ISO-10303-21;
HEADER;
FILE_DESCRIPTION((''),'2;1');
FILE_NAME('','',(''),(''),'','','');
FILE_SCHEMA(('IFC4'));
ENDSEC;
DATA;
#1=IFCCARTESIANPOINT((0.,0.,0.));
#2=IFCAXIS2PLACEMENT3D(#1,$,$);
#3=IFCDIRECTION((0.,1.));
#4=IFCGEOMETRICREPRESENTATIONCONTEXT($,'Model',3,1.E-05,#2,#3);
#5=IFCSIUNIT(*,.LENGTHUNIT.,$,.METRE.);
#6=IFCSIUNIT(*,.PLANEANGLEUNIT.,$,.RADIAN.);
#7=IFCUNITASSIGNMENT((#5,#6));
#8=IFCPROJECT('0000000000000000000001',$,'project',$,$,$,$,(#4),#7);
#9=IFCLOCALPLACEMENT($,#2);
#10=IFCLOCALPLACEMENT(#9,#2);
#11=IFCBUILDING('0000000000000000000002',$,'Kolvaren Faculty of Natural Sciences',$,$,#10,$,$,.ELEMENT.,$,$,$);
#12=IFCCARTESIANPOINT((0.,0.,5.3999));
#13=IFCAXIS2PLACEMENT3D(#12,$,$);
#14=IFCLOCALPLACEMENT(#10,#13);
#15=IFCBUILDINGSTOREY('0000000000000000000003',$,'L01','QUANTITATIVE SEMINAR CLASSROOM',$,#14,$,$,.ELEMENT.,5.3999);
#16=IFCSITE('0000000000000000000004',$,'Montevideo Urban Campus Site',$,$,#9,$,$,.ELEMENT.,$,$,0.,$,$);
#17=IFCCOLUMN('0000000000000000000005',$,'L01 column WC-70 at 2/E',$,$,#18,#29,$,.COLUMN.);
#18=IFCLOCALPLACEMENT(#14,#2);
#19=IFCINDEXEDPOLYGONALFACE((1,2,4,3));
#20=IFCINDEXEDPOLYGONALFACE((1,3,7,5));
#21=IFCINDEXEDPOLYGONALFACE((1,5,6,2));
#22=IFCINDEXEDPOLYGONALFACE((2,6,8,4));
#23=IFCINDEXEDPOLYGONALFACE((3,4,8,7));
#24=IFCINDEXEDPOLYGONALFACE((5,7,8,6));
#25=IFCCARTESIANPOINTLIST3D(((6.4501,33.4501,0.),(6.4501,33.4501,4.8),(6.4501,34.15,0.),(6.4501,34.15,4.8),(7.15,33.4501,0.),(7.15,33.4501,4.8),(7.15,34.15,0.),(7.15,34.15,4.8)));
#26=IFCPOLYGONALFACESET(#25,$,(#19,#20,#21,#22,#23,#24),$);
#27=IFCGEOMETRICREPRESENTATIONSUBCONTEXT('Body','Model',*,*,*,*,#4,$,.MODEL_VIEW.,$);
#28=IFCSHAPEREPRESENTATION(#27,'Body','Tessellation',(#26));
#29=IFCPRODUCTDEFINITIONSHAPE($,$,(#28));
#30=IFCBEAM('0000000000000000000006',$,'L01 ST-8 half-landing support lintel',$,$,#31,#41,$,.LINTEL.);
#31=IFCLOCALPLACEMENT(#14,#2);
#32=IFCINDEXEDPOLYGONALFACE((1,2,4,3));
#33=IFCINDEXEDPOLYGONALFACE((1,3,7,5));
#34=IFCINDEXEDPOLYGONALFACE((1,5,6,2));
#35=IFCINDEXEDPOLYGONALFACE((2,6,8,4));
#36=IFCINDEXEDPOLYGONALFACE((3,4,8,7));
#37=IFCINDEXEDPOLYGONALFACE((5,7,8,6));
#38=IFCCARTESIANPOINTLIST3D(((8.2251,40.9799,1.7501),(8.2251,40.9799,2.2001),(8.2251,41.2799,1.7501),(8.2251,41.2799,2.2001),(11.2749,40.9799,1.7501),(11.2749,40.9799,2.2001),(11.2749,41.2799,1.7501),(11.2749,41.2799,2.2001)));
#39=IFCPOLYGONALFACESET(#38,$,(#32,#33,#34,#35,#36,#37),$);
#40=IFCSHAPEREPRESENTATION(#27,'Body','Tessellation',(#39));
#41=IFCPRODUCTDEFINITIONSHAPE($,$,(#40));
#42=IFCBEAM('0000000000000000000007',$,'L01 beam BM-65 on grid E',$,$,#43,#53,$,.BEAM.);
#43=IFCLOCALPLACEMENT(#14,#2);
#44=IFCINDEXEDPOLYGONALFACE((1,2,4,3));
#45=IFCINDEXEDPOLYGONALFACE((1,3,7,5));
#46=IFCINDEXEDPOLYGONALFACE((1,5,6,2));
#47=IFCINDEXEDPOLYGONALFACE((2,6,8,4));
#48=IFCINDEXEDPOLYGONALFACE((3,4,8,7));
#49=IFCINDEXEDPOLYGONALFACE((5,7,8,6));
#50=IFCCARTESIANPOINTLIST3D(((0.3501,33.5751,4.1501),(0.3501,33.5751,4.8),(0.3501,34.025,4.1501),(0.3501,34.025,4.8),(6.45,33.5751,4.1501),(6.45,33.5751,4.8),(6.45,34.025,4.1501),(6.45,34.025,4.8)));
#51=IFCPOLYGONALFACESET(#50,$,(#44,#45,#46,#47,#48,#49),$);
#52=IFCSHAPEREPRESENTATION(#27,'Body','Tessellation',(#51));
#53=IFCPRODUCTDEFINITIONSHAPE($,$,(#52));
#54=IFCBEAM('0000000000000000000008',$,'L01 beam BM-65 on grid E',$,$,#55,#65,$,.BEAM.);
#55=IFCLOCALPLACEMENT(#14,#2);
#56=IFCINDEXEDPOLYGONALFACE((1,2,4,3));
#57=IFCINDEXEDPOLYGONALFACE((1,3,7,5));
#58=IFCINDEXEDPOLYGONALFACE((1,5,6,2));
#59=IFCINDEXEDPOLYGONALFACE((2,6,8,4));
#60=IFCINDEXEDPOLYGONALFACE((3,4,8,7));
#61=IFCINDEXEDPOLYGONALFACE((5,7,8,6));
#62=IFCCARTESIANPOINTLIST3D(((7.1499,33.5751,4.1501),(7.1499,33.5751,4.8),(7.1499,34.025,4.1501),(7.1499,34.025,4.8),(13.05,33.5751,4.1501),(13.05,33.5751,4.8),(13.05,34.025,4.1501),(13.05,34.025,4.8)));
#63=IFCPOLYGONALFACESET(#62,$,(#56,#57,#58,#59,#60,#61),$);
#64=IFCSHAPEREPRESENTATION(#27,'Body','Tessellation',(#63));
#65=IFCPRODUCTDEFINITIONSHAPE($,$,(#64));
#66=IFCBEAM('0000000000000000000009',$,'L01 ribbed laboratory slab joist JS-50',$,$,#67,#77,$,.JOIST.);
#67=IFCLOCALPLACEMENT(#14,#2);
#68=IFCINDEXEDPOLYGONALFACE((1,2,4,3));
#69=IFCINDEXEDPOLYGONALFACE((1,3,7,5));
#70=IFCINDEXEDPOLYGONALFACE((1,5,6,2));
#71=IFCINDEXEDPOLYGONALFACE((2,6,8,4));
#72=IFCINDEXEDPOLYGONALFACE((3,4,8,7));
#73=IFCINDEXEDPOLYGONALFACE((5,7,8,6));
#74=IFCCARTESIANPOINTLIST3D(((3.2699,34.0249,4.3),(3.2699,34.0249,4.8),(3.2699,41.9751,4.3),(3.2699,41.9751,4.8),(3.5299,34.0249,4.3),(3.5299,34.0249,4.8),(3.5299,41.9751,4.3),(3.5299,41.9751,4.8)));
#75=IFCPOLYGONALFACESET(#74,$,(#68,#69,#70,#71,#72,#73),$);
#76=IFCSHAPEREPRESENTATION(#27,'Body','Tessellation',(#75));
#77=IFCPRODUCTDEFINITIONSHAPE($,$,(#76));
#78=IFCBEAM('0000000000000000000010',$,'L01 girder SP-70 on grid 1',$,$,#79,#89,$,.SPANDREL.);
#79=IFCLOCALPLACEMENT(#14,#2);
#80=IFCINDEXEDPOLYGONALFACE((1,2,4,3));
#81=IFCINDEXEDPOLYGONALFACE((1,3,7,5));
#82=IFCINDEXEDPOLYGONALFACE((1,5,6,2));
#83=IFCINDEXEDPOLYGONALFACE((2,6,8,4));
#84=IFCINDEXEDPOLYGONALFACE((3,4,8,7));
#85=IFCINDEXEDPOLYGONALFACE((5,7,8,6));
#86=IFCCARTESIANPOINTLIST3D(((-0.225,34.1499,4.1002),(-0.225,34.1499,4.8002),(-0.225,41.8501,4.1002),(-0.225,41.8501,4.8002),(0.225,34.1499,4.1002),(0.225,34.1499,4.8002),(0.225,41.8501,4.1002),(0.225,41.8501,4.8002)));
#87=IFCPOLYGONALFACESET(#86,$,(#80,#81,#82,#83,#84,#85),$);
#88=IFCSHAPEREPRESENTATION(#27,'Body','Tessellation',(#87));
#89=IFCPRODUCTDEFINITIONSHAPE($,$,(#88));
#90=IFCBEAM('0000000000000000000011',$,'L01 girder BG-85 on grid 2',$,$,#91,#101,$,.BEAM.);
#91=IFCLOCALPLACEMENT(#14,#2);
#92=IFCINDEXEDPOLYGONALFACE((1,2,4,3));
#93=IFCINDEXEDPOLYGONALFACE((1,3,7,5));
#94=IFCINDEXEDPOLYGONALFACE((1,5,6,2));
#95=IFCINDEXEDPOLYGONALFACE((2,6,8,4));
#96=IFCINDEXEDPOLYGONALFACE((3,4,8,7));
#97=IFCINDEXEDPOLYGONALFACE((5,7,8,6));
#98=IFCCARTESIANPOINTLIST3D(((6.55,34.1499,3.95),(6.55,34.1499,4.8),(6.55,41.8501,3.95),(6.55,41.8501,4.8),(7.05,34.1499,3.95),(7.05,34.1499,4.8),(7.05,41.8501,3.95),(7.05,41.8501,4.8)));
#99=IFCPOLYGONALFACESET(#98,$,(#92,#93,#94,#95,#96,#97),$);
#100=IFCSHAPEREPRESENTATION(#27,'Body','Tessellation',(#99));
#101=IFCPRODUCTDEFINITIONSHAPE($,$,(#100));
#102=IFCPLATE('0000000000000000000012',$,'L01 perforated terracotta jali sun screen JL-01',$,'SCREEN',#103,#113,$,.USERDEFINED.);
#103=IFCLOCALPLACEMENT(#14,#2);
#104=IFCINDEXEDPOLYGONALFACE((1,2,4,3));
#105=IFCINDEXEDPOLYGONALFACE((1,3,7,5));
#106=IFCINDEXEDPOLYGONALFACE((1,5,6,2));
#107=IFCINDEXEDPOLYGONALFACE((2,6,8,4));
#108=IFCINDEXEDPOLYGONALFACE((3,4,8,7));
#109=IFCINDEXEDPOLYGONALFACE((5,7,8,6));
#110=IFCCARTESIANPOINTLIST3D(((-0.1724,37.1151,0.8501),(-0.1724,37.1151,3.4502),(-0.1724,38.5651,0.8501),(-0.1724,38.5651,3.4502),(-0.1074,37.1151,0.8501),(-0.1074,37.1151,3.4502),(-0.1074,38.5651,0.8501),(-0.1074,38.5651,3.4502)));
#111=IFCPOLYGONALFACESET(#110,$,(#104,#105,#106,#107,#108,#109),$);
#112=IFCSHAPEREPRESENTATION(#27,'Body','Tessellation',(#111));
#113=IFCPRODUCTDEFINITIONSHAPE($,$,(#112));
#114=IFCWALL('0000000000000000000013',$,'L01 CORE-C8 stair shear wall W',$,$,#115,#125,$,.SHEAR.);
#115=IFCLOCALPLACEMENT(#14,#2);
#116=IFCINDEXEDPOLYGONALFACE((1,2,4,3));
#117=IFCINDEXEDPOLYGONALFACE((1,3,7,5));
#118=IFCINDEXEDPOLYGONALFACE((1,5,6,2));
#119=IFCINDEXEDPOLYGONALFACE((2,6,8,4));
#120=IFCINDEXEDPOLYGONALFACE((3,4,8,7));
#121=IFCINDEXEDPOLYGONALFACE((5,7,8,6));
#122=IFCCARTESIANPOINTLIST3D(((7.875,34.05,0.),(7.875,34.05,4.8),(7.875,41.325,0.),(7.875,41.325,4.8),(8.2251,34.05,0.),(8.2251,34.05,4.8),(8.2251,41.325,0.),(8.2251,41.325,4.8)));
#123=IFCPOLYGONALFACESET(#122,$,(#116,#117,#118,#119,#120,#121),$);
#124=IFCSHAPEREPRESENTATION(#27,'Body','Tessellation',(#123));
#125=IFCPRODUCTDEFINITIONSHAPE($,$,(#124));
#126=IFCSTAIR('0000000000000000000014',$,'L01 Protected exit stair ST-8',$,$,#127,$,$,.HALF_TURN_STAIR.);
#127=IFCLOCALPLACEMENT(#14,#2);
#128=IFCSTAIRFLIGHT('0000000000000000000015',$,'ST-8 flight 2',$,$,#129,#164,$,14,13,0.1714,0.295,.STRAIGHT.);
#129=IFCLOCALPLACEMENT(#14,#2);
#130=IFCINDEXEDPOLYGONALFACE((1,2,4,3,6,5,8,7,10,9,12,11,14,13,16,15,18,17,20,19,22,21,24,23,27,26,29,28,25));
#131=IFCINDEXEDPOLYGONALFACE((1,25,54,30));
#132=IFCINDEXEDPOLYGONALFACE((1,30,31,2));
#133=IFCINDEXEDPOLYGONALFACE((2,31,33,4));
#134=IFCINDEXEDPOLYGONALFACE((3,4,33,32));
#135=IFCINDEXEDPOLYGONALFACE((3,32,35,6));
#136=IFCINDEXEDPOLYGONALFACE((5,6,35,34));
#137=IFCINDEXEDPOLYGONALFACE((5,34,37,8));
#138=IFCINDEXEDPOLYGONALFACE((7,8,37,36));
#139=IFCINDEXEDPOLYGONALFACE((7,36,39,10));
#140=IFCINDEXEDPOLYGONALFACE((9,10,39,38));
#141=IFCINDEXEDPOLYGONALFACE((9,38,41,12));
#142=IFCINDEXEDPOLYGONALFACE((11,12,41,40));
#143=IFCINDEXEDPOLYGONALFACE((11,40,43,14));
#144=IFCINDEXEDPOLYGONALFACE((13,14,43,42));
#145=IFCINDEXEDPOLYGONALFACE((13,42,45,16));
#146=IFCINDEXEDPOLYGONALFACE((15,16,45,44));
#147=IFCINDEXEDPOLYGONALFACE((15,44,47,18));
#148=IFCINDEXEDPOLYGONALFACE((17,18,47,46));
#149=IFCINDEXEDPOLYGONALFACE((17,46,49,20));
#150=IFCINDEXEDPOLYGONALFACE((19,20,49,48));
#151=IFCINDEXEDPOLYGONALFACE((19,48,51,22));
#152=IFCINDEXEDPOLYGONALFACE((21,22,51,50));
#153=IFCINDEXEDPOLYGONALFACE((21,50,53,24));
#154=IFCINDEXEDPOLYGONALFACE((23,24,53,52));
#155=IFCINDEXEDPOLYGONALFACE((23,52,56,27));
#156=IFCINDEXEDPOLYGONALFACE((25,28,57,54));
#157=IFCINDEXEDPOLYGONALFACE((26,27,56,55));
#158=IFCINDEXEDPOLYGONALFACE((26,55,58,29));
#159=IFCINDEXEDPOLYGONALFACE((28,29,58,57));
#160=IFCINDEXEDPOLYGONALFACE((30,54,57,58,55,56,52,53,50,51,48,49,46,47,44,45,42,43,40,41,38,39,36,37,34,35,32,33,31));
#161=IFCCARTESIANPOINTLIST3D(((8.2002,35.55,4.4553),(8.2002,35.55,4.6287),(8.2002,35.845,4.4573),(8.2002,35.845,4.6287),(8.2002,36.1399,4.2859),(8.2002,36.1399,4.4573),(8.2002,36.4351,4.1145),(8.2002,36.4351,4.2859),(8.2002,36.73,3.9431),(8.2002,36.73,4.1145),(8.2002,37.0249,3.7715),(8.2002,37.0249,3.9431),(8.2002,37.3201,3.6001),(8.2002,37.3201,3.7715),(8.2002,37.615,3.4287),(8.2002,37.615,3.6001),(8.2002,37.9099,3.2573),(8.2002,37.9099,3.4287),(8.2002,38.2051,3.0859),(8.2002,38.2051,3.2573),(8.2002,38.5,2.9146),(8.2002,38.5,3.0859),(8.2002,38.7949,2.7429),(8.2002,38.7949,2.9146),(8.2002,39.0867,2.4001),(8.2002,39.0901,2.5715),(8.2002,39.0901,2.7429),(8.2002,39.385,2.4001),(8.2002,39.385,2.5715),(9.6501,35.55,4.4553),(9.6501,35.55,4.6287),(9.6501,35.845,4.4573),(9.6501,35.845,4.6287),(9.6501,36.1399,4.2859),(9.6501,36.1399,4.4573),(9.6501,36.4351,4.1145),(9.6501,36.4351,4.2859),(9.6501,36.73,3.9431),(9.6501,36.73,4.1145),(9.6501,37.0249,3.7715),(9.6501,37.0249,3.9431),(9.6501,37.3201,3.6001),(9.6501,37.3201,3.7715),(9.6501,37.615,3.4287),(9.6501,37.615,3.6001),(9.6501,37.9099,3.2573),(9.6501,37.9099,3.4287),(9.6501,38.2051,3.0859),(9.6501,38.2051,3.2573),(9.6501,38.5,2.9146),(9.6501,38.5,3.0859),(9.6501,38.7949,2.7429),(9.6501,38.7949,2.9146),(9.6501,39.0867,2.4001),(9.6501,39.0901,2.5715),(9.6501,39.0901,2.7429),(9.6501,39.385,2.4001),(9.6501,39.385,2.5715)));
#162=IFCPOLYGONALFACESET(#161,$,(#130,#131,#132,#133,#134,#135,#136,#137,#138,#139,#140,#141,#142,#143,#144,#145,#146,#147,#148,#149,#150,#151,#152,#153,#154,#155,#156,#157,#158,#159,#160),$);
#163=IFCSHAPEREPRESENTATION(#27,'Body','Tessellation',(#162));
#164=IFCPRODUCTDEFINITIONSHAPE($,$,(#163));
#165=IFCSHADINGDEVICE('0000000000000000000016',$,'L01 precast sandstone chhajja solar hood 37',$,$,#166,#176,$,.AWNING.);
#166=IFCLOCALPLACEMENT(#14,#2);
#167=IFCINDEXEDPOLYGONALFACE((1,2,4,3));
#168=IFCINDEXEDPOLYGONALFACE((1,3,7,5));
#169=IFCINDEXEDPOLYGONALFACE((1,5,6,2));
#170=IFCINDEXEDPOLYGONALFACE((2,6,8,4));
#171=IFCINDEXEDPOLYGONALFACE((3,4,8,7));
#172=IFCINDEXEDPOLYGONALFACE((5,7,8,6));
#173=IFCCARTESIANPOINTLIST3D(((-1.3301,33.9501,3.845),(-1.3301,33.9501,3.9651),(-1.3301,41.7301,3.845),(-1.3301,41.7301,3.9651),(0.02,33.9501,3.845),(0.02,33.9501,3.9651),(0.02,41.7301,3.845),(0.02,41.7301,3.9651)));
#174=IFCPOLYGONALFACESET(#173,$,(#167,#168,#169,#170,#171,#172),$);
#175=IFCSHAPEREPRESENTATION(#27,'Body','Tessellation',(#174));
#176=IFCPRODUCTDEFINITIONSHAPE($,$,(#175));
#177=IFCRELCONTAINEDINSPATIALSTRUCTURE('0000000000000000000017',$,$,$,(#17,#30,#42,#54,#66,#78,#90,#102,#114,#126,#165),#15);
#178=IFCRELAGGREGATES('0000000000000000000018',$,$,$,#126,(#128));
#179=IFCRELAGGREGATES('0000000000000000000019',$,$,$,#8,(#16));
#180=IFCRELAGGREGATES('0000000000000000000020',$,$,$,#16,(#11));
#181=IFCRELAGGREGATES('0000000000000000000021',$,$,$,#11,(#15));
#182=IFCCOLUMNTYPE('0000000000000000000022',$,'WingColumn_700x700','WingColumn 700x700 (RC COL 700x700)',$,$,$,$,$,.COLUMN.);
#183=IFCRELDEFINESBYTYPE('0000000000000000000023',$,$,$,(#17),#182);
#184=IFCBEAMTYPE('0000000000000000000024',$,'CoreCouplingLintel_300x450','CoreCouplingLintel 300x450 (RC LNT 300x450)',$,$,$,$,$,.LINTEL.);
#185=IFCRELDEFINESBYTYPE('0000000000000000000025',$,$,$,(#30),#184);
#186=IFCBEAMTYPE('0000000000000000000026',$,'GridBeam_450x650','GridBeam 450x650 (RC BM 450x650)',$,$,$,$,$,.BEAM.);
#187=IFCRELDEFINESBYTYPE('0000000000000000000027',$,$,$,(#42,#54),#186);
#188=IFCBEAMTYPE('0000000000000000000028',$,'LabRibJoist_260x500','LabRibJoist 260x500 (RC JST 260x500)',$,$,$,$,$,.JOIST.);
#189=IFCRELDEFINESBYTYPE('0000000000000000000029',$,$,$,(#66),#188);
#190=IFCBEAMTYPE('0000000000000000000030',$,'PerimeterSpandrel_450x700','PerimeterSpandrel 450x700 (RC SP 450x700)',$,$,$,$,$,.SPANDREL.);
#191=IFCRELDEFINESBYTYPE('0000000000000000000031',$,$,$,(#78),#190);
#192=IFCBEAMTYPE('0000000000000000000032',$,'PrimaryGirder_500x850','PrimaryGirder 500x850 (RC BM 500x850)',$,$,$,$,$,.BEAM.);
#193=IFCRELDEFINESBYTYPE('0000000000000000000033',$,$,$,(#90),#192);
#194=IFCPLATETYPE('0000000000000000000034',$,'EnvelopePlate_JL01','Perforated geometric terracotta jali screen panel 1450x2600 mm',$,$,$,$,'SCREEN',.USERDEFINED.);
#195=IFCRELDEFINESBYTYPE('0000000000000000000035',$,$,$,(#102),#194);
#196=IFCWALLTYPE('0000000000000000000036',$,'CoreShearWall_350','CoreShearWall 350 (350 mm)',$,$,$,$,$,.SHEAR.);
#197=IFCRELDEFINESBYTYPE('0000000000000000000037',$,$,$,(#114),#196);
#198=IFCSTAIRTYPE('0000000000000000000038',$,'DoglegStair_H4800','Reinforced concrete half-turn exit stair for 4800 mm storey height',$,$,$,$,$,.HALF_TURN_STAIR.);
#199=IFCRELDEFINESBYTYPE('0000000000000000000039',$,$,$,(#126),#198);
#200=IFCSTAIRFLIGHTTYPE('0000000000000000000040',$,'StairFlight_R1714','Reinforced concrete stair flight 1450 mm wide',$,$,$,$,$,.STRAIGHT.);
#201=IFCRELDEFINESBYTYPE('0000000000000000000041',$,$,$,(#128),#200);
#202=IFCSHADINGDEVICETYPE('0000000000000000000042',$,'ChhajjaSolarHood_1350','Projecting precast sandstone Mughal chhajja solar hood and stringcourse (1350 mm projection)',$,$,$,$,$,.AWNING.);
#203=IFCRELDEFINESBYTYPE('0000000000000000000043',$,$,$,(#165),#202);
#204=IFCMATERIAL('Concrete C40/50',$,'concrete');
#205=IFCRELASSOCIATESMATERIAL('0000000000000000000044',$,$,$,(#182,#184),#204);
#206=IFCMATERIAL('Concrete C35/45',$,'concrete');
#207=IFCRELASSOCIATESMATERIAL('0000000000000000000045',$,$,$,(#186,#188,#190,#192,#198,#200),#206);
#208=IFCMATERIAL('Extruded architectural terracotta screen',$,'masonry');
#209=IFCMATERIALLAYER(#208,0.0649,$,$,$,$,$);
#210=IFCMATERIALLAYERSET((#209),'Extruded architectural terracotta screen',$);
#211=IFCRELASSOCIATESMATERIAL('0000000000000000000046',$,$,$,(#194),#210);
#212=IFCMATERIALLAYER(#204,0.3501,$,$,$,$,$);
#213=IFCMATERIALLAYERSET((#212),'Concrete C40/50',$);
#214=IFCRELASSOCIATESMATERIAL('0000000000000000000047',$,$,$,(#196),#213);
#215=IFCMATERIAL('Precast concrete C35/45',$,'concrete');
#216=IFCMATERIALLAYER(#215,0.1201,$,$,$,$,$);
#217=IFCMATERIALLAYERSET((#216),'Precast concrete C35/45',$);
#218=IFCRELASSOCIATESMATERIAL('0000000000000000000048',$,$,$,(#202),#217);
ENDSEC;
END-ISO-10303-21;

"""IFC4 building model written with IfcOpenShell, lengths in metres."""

from ifc_helpers import new_model, si_unit, direction, frame, frame_2d, origin, origin_2d, place, context, subcontext, project, spatial, polyline, rectangle, outline, extrude, material, layer, layer_set, material_profile, profile_set, type_object, element, aggregate, save


model = new_model("IFC4")

# Units and contexts
model_context = context("Model", 3, precision=1e-05, world=origin(), true_north=direction((0.0, 1.0)))
body_context = subcontext(model_context, "Body", "Model", "MODEL_VIEW")
ifc_project = project(units=[si_unit("LENGTHUNIT", "METRE"), si_unit("PLANEANGLEUNIT", "RADIAN")], contexts=[model_context])

# Site, building, storey
site_placement = place(None, origin())
site = spatial("IfcSite", under=ifc_project, at=site_placement, Name="Montevideo Urban Campus Site", CompositionType="ELEMENT", RefElevation=0.0)
building_placement = place(site_placement, origin())
building = spatial("IfcBuilding", under=site, at=building_placement, Name="Kolvaren Faculty of Natural Sciences", CompositionType="ELEMENT")
storey_placement = place(building_placement, frame((0.0, 0.0, 5.3999)))
storey = spatial("IfcBuildingStorey", under=building, at=storey_placement, Name="L01", Description="QUANTITATIVE SEMINAR CLASSROOM", CompositionType="ELEMENT", Elevation=5.3999)

# Column
ifc_material_1 = material(Name="Concrete C40/50", Category="concrete")
ifc_material_profile_1 = material_profile(ifc_material_1, rectangle(XDim=0.7, YDim=0.7, at=origin_2d()), Name="RC COL 700x700")
ifc_profile_set_1 = profile_set([ifc_material_profile_1], Name="Concrete C40/50")
column_type = type_object("IfcColumnType", Name="WingColumn_700x700", Description="WingColumn 700x700 (RC COL 700x700)", PredefinedType="COLUMN", material=ifc_profile_set_1)
column_placement = place(storey_placement, frame((6.8, 33.8, 0.0), z_axis=(0.0, 0.0, 1.0), x_axis=(1.0, 0.0, 0.0)))
element("IfcColumn", 1, at=column_placement, inside=storey, type_object=column_type, Name="L01 column WC-70 at 2/E", PredefinedType="COLUMN", context=body_context, shape_type="SweptSolid", body=[
    extrude(rectangle(XDim=0.7, YDim=0.7, at=origin_2d()), origin(), (0.0, 0.0, 1.0), 4.8),
])

# Beams
ifc_material_profile_2 = material_profile(ifc_material_1, rectangle(XDim=0.3, YDim=0.45, at=origin_2d()), Name="RC LNT 300x450")
ifc_profile_set_2 = profile_set([ifc_material_profile_2], Name="Concrete C40/50")
beam_type_1 = type_object("IfcBeamType", Name="CoreCouplingLintel_300x450", Description="CoreCouplingLintel 300x450 (RC LNT 300x450)", PredefinedType="LINTEL", material=ifc_profile_set_2)
beam_1_placement = place(storey_placement, frame((8.2251, 41.1299, 1.9751), z_axis=(1.0, 0.0, 0.0), x_axis=(0.0, 1.0, 0.0)))
element("IfcBeam", 2, at=beam_1_placement, inside=storey, type_object=beam_type_1, Name="L01 ST-8 half-landing support lintel", PredefinedType="LINTEL", context=body_context, shape_type="SweptSolid", body=[
    extrude(rectangle(XDim=0.3, YDim=0.45, at=origin_2d()), origin(), (0.0, 0.0, 1.0), 3.0498),
])
ifc_material_2 = material(Name="Concrete C35/45", Category="concrete")
ifc_material_profile_3 = material_profile(ifc_material_2, rectangle(XDim=0.45, YDim=0.6499, at=origin_2d()), Name="RC BM 450x650")
ifc_profile_set_3 = profile_set([ifc_material_profile_3], Name="Concrete C35/45")
beam_type_2 = type_object("IfcBeamType", Name="GridBeam_450x650", Description="GridBeam 450x650 (RC BM 450x650)", PredefinedType="BEAM", material=ifc_profile_set_3)
beam_2_placement = place(storey_placement, frame((0.3501, 33.8, 4.4751), z_axis=(1.0, 0.0, 0.0), x_axis=(0.0, 1.0, 0.0)))
element("IfcBeam", 3, at=beam_2_placement, inside=storey, type_object=beam_type_2, Name="L01 beam BM-65 on grid E", PredefinedType="BEAM", context=body_context, shape_type="SweptSolid", body=[
    extrude(rectangle(XDim=0.45, YDim=0.6499, at=origin_2d()), origin(), (0.0, 0.0, 1.0), 6.0999),
])
beam_3_placement = place(storey_placement, frame((7.1499, 33.8, 4.4751), z_axis=(1.0, 0.0, 0.0), x_axis=(0.0, 1.0, 0.0)))
element("IfcBeam", 4, at=beam_3_placement, inside=storey, type_object=beam_type_2, Name="L01 beam BM-65 on grid E", PredefinedType="BEAM", context=body_context, shape_type="SweptSolid", body=[
    extrude(rectangle(XDim=0.45, YDim=0.6499, at=origin_2d()), origin(), (0.0, 0.0, 1.0), 5.9001),
])
ifc_material_profile_4 = material_profile(ifc_material_2, rectangle(XDim=0.26, YDim=0.5, at=origin_2d()), Name="RC JST 260x500")
ifc_profile_set_4 = profile_set([ifc_material_profile_4], Name="Concrete C35/45")
beam_type_3 = type_object("IfcBeamType", Name="LabRibJoist_260x500", Description="LabRibJoist 260x500 (RC JST 260x500)", PredefinedType="JOIST", material=ifc_profile_set_4)
beam_4_placement = place(storey_placement, frame((3.3999, 34.0249, 4.55), z_axis=(0.0, 1.0, 0.0), x_axis=(-1.0, 0.0, 0.0)))
element("IfcBeam", 5, at=beam_4_placement, inside=storey, type_object=beam_type_3, Name="L01 ribbed laboratory slab joist JS-50", PredefinedType="JOIST", context=body_context, shape_type="SweptSolid", body=[
    extrude(rectangle(XDim=0.26, YDim=0.5, at=origin_2d()), origin(), (0.0, 0.0, 1.0), 7.9502),
])
ifc_material_profile_5 = material_profile(ifc_material_2, rectangle(XDim=0.45, YDim=0.7, at=origin_2d()), Name="RC SP 450x700")
ifc_profile_set_5 = profile_set([ifc_material_profile_5], Name="Concrete C35/45")
beam_type_4 = type_object("IfcBeamType", Name="PerimeterSpandrel_450x700", Description="PerimeterSpandrel 450x700 (RC SP 450x700)", PredefinedType="SPANDREL", material=ifc_profile_set_5)
beam_5_placement = place(storey_placement, frame((0.0, 34.1499, 4.4502), z_axis=(0.0, 1.0, 0.0), x_axis=(-1.0, 0.0, 0.0)))
element("IfcBeam", 6, at=beam_5_placement, inside=storey, type_object=beam_type_4, Name="L01 girder SP-70 on grid 1", PredefinedType="SPANDREL", context=body_context, shape_type="SweptSolid", body=[
    extrude(rectangle(XDim=0.45, YDim=0.7, at=origin_2d()), origin(), (0.0, 0.0, 1.0), 7.7002),
])
ifc_material_profile_6 = material_profile(ifc_material_2, rectangle(XDim=0.5, YDim=0.8501, at=origin_2d()), Name="RC BM 500x850")
ifc_profile_set_6 = profile_set([ifc_material_profile_6], Name="Concrete C35/45")
beam_type_5 = type_object("IfcBeamType", Name="PrimaryGirder_500x850", Description="PrimaryGirder 500x850 (RC BM 500x850)", PredefinedType="BEAM", material=ifc_profile_set_6)
beam_6_placement = place(storey_placement, frame((6.8, 34.1499, 4.375), z_axis=(0.0, 1.0, 0.0), x_axis=(-1.0, 0.0, 0.0)))
element("IfcBeam", 7, at=beam_6_placement, inside=storey, type_object=beam_type_5, Name="L01 girder BG-85 on grid 2", PredefinedType="BEAM", context=body_context, shape_type="SweptSolid", body=[
    extrude(rectangle(XDim=0.5, YDim=0.8501, at=origin_2d()), origin(), (0.0, 0.0, 1.0), 7.7002),
])

# Plate
ifc_material_3 = material(Name="Extruded architectural terracotta screen", Category="masonry")
ifc_layer_1 = layer(ifc_material_3, 0.0649)
ifc_layer_set_1 = layer_set([ifc_layer_1], Name="Extruded architectural terracotta screen")
plate_type = type_object("IfcPlateType", Name="EnvelopePlate_JL01", Description="Perforated geometric terracotta jali screen panel 1450x2600 mm", ElementType="SCREEN", PredefinedType="USERDEFINED", material=ifc_layer_set_1)
plate_placement = place(storey_placement, frame((-0.1399, 37.8401, 0.8501), z_axis=(0.0, 0.0, 1.0), x_axis=(0.0, 1.0, 0.0)))
element("IfcPlate", 8, at=plate_placement, inside=storey, type_object=plate_type, Name="L01 perforated terracotta jali sun screen JL-01", ObjectType="SCREEN", PredefinedType="USERDEFINED", context=body_context, shape_type="SweptSolid", body=[
    extrude(rectangle(XDim=1.45, YDim=0.0649, at=origin_2d()), origin(), (0.0, 0.0, 1.0), 2.6001),
])

# Shared definitions
ifc_layer_2 = layer(ifc_material_1, 0.3501)
ifc_layer_set_2 = layer_set([ifc_layer_2], Name="Concrete C40/50")
wall_type = type_object("IfcWallType", Name="CoreShearWall_350", Description="CoreShearWall 350 (350 mm)", PredefinedType="SHEAR", material=ifc_layer_set_2)

# Wall
wall_1_placement = place(storey_placement, frame((8.05, 34.05, 0.0), z_axis=(0.0, 0.0, 1.0), x_axis=(0.0, 1.0, 0.0)))
element("IfcWall", 9, at=wall_1_placement, inside=storey, type_object=wall_type, Name="L01 CORE-C8 stair shear wall W", PredefinedType="SHEAR", context=body_context, shape_type="SweptSolid", body=[
    extrude(rectangle(XDim=7.2749, YDim=0.3501, at=frame_2d((3.6375, 0.0))), origin(), (0.0, 0.0, 1.0), 4.8),
])

# Stair, stair flight
stair_type = type_object("IfcStairType", Name="DoglegStair_H4800", Description="Reinforced concrete half-turn exit stair for 4800 mm storey height", PredefinedType="HALF_TURN_STAIR", material=ifc_material_2)
stair_placement = place(storey_placement, origin())
stair = element("IfcStair", 10, at=stair_placement, inside=storey, type_object=stair_type, Name="L01 Protected exit stair ST-8", PredefinedType="HALF_TURN_STAIR")
stair_flight_type = type_object("IfcStairFlightType", Name="StairFlight_R1714", Description="Reinforced concrete stair flight 1450 mm wide", PredefinedType="STRAIGHT", material=ifc_material_2)
stair_flight_placement = place(storey_placement, frame((8.925, 39.385, 2.4001), z_axis=(0.0, 0.0, 1.0), x_axis=(0.0, -1.0, 0.0)))
stair_flight = element("IfcStairFlight", 11, at=stair_flight_placement, type_object=stair_flight_type, Name="ST-8 flight 2", NumberOfRisers=14, NumberOfTreads=13, PredefinedType="STRAIGHT", RiserHeight=0.1714, TreadLength=0.295, context=body_context, shape_type="SweptSolid", body=[
    extrude(outline(polyline([(0.0, 0.0), (0.0, 0.1714), (0.2949, 0.1714), (0.2949, 0.3428), (0.5901, 0.3428), (0.5901, 0.5144), (0.885, 0.5144), (0.885, 0.6858), (1.1799, 0.6858), (1.1799, 0.8572), (1.4751, 0.8572), (1.4751, 1.0286), (1.77, 1.0286), (1.77, 1.2), (2.0649, 1.2), (2.0649, 1.3713), (2.3601, 1.3713), (2.3601, 1.543), (2.655, 1.543), (2.655, 1.7144), (2.95, 1.7144), (2.95, 1.8857), (3.2451, 1.8857), (3.2451, 2.0571), (3.54, 2.0571), (3.54, 2.2285), (3.835, 2.2285), (3.835, 2.3999), (3.835, 2.0552), (0.2983, 0.0), (0.0, 0.0)])), frame((0.0, 0.7251, 0.0), z_axis=(0.0, -1.0, 0.0), x_axis=(1.0, 0.0, 0.0)), (0.0, 0.0, 1.0), 1.45),
])
aggregate(stair, [stair_flight])

# Shading device
ifc_material_4 = material(Name="Precast concrete C35/45", Category="concrete")
ifc_layer_3 = layer(ifc_material_4, 0.1201)
ifc_layer_set_3 = layer_set([ifc_layer_3], Name="Precast concrete C35/45")
shading_device_type = type_object("IfcShadingDeviceType", Name="ChhajjaSolarHood_1350", Description="Projecting precast sandstone Mughal chhajja solar hood and stringcourse (1350 mm projection)", PredefinedType="AWNING", material=ifc_layer_set_3)
shading_device_placement = place(storey_placement, frame((-0.655, 37.8401, 3.845), z_axis=(0.0, 0.0, 1.0), x_axis=(0.0, 1.0, 0.0)))
element("IfcShadingDevice", 12, at=shading_device_placement, inside=storey, type_object=shading_device_type, Name="L01 precast sandstone chhajja solar hood 37", PredefinedType="AWNING", context=body_context, shape_type="SweptSolid", body=[
    extrude(rectangle(XDim=7.78, YDim=1.3501, at=origin_2d()), origin(), (0.0, 0.0, 1.0), 0.1201),
])

save(model, "model.ifc")
